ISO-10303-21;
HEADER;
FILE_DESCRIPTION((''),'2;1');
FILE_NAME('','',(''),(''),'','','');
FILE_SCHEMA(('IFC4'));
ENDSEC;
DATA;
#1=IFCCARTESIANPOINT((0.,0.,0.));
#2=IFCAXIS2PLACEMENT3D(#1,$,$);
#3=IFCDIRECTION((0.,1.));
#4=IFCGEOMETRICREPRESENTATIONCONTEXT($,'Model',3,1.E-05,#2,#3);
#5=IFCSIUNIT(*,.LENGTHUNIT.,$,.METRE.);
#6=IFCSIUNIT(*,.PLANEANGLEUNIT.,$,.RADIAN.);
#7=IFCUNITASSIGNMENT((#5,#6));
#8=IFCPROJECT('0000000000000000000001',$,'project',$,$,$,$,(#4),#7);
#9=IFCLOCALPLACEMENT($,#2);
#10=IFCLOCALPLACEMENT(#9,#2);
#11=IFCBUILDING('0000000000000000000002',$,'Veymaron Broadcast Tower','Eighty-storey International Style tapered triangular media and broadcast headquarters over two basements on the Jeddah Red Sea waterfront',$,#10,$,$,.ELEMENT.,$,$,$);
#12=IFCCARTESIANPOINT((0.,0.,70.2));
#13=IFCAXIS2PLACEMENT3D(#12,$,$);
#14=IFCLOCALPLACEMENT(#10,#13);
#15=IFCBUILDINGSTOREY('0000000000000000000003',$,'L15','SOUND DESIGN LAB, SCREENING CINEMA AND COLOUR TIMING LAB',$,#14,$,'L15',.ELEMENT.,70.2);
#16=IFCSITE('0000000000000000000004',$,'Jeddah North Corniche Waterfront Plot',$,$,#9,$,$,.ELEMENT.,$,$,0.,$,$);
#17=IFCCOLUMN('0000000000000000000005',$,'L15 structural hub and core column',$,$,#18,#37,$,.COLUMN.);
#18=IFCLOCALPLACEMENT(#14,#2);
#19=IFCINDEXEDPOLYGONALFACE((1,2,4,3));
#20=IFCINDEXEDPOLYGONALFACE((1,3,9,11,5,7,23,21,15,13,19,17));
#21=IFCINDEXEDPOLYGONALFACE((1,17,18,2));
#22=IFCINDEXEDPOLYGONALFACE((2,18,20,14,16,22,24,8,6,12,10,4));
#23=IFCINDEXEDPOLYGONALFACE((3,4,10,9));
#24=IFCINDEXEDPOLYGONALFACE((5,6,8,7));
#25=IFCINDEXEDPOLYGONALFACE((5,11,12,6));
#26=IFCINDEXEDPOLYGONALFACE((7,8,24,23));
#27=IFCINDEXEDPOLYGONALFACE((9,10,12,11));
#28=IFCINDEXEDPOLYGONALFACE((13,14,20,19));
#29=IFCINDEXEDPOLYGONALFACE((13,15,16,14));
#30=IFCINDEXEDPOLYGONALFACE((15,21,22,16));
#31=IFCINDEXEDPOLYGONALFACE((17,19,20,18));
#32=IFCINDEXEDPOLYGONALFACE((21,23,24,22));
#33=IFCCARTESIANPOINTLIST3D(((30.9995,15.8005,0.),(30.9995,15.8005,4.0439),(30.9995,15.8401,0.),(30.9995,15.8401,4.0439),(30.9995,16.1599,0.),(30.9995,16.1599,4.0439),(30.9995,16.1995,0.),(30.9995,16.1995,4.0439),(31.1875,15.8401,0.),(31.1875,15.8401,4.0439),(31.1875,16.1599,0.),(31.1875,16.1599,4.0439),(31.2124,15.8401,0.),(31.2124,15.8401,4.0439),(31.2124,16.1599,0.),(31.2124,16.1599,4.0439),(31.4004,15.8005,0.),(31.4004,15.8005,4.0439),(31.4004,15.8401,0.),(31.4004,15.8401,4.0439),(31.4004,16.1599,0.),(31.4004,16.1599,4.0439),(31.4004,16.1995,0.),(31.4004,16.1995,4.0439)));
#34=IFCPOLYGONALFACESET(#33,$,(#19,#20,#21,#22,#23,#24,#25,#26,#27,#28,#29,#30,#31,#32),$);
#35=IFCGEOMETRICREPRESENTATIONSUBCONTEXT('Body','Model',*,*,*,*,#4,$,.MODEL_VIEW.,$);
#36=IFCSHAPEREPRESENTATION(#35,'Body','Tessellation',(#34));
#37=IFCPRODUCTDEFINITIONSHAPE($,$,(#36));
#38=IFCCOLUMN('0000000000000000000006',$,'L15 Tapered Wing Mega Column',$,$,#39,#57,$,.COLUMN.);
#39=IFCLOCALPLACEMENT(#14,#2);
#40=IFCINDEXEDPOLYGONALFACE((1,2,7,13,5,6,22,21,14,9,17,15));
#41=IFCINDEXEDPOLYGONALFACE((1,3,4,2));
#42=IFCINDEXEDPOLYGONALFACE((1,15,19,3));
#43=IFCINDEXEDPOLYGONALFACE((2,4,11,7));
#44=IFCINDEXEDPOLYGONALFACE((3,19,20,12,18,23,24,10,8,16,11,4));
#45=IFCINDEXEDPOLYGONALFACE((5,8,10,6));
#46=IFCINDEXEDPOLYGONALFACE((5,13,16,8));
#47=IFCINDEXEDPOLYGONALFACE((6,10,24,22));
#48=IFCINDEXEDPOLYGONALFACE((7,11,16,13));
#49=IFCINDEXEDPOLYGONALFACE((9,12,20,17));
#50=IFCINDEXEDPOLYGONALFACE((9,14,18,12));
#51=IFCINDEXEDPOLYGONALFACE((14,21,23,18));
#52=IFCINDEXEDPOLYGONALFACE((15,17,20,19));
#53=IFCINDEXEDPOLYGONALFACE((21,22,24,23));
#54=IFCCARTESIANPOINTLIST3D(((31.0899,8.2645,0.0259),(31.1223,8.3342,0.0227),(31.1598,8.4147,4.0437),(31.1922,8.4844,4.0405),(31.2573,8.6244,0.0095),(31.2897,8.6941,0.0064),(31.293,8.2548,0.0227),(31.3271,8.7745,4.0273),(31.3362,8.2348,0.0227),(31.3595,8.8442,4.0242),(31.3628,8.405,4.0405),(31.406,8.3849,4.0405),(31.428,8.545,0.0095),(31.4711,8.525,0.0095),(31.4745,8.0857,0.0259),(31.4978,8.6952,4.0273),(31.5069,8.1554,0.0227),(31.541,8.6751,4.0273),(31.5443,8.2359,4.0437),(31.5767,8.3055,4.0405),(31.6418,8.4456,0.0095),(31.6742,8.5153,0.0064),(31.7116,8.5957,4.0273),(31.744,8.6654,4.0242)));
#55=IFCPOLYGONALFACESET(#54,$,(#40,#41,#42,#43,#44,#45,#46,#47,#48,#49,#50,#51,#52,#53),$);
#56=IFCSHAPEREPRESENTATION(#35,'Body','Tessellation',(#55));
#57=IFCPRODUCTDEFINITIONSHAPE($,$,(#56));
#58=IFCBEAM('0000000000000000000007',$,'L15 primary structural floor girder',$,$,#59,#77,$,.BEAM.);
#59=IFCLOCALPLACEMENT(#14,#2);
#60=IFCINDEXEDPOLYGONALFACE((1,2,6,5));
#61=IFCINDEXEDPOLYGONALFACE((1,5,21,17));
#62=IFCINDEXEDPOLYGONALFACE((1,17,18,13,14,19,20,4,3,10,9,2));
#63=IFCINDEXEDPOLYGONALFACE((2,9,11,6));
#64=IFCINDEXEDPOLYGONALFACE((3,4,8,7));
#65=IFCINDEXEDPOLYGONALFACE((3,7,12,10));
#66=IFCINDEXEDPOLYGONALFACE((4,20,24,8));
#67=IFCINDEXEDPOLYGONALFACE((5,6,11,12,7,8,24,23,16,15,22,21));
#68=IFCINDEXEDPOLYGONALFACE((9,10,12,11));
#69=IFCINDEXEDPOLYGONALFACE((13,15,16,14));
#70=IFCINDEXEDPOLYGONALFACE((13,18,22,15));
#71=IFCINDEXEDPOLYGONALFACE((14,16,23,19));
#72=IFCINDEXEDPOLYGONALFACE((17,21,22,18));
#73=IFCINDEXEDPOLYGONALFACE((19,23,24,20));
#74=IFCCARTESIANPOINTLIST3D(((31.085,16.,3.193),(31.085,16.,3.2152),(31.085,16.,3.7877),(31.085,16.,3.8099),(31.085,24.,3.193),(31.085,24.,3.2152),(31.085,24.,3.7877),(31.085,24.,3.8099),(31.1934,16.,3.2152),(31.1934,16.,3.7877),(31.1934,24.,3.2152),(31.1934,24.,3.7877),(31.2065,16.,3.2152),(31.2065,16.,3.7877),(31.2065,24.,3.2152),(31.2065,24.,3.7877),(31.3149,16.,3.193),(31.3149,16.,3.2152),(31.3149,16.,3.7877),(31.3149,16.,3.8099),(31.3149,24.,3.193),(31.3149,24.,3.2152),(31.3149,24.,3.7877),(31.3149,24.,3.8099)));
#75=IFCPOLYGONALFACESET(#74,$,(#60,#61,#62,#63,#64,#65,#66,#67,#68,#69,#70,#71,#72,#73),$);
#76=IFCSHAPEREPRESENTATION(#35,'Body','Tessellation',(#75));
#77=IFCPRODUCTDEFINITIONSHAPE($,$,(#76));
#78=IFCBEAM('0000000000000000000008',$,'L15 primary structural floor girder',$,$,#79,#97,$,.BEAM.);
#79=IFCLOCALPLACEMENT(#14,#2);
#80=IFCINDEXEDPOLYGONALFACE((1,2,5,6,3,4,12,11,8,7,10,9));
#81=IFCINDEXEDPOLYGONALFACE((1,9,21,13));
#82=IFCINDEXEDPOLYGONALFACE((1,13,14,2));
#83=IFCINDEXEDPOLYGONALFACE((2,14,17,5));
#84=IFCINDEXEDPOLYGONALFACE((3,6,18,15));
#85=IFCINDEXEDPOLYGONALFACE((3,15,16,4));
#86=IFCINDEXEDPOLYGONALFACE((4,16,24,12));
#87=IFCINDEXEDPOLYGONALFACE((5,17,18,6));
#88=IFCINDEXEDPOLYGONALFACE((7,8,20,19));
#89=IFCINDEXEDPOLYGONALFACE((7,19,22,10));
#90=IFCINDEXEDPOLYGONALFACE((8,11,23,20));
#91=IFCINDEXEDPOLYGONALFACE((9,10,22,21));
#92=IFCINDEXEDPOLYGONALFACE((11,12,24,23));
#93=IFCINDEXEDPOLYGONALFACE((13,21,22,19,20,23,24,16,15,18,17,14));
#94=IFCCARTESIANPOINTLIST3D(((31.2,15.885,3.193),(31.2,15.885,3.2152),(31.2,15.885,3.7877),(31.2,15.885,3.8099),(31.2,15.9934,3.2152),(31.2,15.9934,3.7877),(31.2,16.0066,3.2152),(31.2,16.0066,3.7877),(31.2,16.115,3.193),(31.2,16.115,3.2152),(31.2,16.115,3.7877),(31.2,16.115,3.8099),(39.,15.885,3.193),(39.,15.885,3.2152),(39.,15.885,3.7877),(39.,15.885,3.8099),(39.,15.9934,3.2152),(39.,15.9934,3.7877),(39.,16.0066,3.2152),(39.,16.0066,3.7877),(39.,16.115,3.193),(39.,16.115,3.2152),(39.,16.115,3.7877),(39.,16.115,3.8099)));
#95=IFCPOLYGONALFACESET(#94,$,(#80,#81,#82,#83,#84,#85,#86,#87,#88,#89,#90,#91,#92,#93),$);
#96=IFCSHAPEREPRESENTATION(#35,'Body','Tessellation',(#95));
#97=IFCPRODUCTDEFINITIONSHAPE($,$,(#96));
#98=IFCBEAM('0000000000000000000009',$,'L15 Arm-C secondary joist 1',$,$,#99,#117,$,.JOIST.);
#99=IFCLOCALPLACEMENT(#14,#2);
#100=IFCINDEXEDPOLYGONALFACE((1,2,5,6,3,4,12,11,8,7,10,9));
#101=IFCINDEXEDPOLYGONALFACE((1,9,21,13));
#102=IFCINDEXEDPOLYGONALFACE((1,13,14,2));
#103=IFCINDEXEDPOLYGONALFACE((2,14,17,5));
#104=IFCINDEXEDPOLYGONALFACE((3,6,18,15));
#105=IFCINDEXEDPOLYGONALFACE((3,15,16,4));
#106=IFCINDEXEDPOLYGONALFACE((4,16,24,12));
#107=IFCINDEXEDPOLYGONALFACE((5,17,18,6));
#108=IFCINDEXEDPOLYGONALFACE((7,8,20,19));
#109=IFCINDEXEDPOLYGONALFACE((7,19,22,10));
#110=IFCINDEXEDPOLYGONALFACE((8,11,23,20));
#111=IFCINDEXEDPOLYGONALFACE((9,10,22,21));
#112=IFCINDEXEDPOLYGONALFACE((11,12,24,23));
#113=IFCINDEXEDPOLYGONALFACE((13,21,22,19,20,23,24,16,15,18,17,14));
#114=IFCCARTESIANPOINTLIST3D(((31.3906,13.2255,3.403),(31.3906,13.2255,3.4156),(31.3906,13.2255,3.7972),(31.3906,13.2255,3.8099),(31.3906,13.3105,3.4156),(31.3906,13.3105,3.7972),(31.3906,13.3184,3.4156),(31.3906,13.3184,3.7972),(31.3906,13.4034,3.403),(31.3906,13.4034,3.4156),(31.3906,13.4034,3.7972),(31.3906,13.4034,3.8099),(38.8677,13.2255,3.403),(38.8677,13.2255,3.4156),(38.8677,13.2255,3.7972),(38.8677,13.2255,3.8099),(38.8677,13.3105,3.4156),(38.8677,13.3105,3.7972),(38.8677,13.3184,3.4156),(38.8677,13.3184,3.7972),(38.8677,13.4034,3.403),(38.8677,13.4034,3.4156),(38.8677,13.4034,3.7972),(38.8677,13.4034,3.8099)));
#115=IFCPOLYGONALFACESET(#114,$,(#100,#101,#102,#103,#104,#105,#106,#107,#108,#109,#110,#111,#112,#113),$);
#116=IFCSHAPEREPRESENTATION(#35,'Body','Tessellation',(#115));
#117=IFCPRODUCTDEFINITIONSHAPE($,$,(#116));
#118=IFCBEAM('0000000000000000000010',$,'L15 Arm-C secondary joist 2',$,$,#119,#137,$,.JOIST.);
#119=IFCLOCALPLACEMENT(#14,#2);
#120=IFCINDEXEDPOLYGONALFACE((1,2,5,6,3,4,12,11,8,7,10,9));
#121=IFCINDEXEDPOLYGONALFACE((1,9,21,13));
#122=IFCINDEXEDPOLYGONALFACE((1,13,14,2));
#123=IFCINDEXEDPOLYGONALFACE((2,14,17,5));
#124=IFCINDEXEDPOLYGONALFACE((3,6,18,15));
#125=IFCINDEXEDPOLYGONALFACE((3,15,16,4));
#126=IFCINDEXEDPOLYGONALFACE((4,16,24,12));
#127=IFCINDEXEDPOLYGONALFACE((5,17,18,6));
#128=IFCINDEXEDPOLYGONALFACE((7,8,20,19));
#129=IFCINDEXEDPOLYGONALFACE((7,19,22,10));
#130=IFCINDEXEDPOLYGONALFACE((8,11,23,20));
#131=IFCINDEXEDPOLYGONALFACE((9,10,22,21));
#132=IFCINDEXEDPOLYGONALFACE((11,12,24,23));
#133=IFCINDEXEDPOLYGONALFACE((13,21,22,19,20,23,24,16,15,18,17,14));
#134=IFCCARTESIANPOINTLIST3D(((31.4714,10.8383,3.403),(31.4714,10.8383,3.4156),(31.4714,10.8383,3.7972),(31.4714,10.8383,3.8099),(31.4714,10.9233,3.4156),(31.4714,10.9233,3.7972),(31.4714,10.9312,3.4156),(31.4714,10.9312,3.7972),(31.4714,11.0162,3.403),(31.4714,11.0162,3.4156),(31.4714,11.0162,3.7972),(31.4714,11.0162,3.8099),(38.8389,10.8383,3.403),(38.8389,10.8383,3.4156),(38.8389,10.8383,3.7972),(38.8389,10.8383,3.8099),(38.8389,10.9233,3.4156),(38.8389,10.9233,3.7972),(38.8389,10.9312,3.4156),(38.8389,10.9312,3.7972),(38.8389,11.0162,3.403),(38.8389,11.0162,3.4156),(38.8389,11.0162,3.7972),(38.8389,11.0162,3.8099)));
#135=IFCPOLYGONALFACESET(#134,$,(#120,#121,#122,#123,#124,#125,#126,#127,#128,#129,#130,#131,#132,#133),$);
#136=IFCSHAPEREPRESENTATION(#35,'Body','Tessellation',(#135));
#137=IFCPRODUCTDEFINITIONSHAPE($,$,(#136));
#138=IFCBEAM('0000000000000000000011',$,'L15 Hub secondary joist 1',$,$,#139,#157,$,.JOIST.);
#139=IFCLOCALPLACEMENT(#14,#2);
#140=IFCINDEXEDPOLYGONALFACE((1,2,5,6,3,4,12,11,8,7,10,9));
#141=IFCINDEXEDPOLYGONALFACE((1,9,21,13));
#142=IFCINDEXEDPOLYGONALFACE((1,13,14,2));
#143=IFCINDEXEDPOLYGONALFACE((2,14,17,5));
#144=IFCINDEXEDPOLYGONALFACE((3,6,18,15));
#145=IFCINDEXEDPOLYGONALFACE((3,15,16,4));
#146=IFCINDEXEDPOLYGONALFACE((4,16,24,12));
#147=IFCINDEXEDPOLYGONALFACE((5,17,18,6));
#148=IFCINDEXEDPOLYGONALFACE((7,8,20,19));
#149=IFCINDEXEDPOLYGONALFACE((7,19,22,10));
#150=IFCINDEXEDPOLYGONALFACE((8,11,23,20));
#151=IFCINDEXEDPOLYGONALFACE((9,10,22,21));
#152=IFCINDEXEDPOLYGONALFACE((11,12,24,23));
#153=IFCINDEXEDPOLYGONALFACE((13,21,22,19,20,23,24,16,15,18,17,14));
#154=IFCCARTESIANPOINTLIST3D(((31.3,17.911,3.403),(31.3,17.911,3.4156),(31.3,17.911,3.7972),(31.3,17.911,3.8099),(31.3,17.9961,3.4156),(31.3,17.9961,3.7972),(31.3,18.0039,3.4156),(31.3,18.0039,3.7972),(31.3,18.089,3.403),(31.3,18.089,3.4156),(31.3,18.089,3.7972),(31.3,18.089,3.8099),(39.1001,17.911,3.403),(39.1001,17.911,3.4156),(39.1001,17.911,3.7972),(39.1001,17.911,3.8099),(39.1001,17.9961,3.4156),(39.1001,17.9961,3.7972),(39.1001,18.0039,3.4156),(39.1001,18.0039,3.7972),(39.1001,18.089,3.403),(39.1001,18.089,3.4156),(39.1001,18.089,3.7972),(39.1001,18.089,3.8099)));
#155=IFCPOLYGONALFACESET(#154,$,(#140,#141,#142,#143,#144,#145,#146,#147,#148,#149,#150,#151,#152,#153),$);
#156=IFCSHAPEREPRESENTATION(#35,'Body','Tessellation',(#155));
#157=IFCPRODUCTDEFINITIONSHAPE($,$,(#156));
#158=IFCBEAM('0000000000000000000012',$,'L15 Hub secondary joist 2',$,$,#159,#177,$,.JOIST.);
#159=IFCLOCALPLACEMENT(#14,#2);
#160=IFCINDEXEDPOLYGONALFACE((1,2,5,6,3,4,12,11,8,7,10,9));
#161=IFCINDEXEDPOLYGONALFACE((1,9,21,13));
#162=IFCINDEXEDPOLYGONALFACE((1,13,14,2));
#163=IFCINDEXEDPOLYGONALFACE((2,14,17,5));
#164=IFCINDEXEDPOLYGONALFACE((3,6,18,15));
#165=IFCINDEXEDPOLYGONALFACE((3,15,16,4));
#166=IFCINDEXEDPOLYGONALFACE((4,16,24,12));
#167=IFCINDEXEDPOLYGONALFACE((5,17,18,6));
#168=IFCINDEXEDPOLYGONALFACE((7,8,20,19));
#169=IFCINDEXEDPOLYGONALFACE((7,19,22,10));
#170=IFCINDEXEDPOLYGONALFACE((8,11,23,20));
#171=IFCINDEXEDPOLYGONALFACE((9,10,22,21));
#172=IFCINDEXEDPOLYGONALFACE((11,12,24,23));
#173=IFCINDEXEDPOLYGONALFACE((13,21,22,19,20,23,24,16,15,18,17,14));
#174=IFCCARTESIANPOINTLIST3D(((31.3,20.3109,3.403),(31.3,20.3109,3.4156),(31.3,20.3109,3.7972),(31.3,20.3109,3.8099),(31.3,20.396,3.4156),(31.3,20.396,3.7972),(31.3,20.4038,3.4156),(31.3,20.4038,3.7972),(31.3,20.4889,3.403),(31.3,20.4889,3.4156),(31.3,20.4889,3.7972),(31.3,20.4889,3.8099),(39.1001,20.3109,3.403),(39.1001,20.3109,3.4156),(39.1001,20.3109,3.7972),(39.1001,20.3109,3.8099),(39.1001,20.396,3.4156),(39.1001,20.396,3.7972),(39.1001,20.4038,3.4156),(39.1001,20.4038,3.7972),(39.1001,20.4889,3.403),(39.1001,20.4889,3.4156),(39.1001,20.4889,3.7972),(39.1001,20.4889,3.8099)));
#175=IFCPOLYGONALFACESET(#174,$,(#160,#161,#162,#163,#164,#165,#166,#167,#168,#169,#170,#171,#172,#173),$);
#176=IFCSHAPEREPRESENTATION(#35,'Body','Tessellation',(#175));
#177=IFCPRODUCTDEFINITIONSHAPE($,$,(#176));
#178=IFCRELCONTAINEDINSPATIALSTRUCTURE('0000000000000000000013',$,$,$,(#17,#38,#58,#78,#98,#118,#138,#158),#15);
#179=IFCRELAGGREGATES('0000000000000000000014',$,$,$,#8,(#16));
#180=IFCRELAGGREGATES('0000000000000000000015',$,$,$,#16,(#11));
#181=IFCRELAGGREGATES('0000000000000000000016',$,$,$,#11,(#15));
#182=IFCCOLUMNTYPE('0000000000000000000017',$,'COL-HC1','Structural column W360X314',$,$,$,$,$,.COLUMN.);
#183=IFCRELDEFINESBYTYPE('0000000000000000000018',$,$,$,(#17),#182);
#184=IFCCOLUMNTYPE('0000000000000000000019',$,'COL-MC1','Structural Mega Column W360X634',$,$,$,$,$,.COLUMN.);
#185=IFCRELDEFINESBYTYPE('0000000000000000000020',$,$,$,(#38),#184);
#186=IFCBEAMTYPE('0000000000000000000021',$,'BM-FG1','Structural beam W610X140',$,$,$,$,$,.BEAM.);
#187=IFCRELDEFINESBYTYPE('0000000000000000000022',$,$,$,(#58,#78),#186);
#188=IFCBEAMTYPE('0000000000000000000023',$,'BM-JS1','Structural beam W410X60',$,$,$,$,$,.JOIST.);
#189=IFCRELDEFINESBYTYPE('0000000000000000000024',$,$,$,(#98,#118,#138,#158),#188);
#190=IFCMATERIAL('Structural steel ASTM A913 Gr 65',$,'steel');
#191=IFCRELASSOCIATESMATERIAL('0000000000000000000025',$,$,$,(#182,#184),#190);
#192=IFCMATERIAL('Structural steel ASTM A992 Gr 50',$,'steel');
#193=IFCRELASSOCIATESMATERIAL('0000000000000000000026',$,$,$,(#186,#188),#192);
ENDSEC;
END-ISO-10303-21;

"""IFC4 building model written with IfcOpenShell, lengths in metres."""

from ifc_helpers import new_model, si_unit, direction, frame, origin, origin_2d, place, context, subcontext, project, spatial, i_section, extrude, material, material_profile, profile_set, type_object, element, save


model = new_model("IFC4")

# Units and contexts
model_context = context("Model", 3, precision=1e-05, world=origin(), true_north=direction((0.0, 1.0)))
body_context = subcontext(model_context, "Body", "Model", "MODEL_VIEW")
ifc_project = project(units=[si_unit("LENGTHUNIT", "METRE"), si_unit("PLANEANGLEUNIT", "RADIAN")], contexts=[model_context])

# Site, building, storey
site_placement = place(None, origin())
site = spatial("IfcSite", under=ifc_project, at=site_placement, Name="Jeddah North Corniche Waterfront Plot", CompositionType="ELEMENT", RefElevation=0.0)
building_placement = place(site_placement, origin())
building = spatial("IfcBuilding", under=site, at=building_placement, Name="Veymaron Broadcast Tower", Description="Eighty-storey International Style tapered triangular media and broadcast headquarters over two basements on the Jeddah Red Sea waterfront", CompositionType="ELEMENT")
storey_placement = place(building_placement, frame((0.0, 0.0, 70.2)))
storey = spatial("IfcBuildingStorey", under=building, at=storey_placement, Name="L15", Description="SOUND DESIGN LAB, SCREENING CINEMA AND COLOUR TIMING LAB", LongName="L15", CompositionType="ELEMENT", Elevation=70.2)

# Columns
ifc_material_1 = material(Name="Structural steel ASTM A913 Gr 65", Category="steel")
ifc_material_profile_1 = material_profile(ifc_material_1, i_section(OverallWidth=0.4009, OverallDepth=0.3989, WebThickness=0.0249, FlangeThickness=0.0396, at=origin_2d()), Name="W360X314")
ifc_profile_set_1 = profile_set([ifc_material_profile_1], Name="Structural steel ASTM A913 Gr 65")
column_type_1 = type_object("IfcColumnType", Name="COL-HC1", Description="Structural column W360X314", PredefinedType="COLUMN", material=ifc_profile_set_1)
column_1_placement = place(storey_placement, frame((31.2, 16.0, 0.0), z_axis=(0.0, 0.0, 1.0), x_axis=(1.0, 0.0, 0.0)))
element("IfcColumn", 1, at=column_1_placement, inside=storey, type_object=column_type_1, Name="L15 structural hub and core column", PredefinedType="COLUMN", context=body_context, shape_type="SweptSolid", body=[
    extrude(i_section(OverallWidth=0.4009, OverallDepth=0.3989, WebThickness=0.0249, FlangeThickness=0.0396, at=origin_2d()), origin(), (0.0, 0.0, 1.0), 4.0439),
])
ifc_material_profile_2 = material_profile(ifc_material_1, i_section(OverallWidth=0.4241, OverallDepth=0.4741, WebThickness=0.0476, FlangeThickness=0.0769, at=origin_2d()), Name="W360X634")
ifc_profile_set_2 = profile_set([ifc_material_profile_2], Name="Structural steel ASTM A913 Gr 65")
column_type_2 = type_object("IfcColumnType", Name="COL-MC1", Description="Structural Mega Column W360X634", PredefinedType="COLUMN", material=ifc_profile_set_2)
column_2_placement = place(storey_placement, frame((31.3821, 8.3899, 0.0161), z_axis=(0.017364, 0.037338, 0.999152), x_axis=(-0.906747, 0.421674, 0.0)))
element("IfcColumn", 2, at=column_2_placement, inside=storey, type_object=column_type_2, Name="L15 Tapered Wing Mega Column", PredefinedType="COLUMN", context=body_context, shape_type="SweptSolid", body=[
    extrude(i_section(OverallWidth=0.4241, OverallDepth=0.4741, WebThickness=0.0476, FlangeThickness=0.0769, at=origin_2d()), origin(), (0.0, 0.0, 1.0), 4.0212),
])

# Beams
ifc_material_2 = material(Name="Structural steel ASTM A992 Gr 50", Category="steel")
ifc_material_profile_3 = material_profile(ifc_material_2, i_section(OverallWidth=0.23, OverallDepth=0.6169, WebThickness=0.0132, FlangeThickness=0.0222, at=origin_2d()), Name="W610X140")
ifc_profile_set_3 = profile_set([ifc_material_profile_3], Name="Structural steel ASTM A992 Gr 50")
beam_type_1 = type_object("IfcBeamType", Name="BM-FG1", Description="Structural beam W610X140", PredefinedType="BEAM", material=ifc_profile_set_3)
beam_1_placement = place(storey_placement, frame((31.2, 16.0, 3.5015), z_axis=(0.0, 1.0, 0.0), x_axis=(-1.0, 0.0, 0.0)))
element("IfcBeam", 3, at=beam_1_placement, inside=storey, type_object=beam_type_1, Name="L15 primary structural floor girder", PredefinedType="BEAM", context=body_context, shape_type="SweptSolid", body=[
    extrude(i_section(OverallWidth=0.23, OverallDepth=0.6169, WebThickness=0.0132, FlangeThickness=0.0222, at=origin_2d()), origin(), (0.0, 0.0, 1.0), 8.0),
])
beam_2_placement = place(storey_placement, frame((31.2, 16.0, 3.5015), z_axis=(1.0, 0.0, 0.0), x_axis=(0.0, 1.0, 0.0)))
element("IfcBeam", 4, at=beam_2_placement, inside=storey, type_object=beam_type_1, Name="L15 primary structural floor girder", PredefinedType="BEAM", context=body_context, shape_type="SweptSolid", body=[
    extrude(i_section(OverallWidth=0.23, OverallDepth=0.6169, WebThickness=0.0132, FlangeThickness=0.0222, at=origin_2d()), origin(), (0.0, 0.0, 1.0), 7.8),
])
ifc_material_profile_4 = material_profile(ifc_material_2, i_section(OverallWidth=0.178, OverallDepth=0.407, WebThickness=0.0078, FlangeThickness=0.0127, at=origin_2d()), Name="W410X60")
ifc_profile_set_4 = profile_set([ifc_material_profile_4], Name="Structural steel ASTM A992 Gr 50")
beam_type_2 = type_object("IfcBeamType", Name="BM-JS1", Description="Structural beam W410X60", PredefinedType="JOIST", material=ifc_profile_set_4)
beam_3_placement = place(storey_placement, frame((31.3906, 13.3145, 3.6064), z_axis=(1.0, 0.0, 0.0), x_axis=(0.0, 1.0, 0.0)))
element("IfcBeam", 5, at=beam_3_placement, inside=storey, type_object=beam_type_2, Name="L15 Arm-C secondary joist 1", PredefinedType="JOIST", context=body_context, shape_type="SweptSolid", body=[
    extrude(i_section(OverallWidth=0.178, OverallDepth=0.407, WebThickness=0.0078, FlangeThickness=0.0127, at=origin_2d()), origin(), (0.0, 0.0, 1.0), 7.4771),
])
beam_4_placement = place(storey_placement, frame((31.4714, 10.9272, 3.6064), z_axis=(1.0, 0.0, 0.0), x_axis=(0.0, 1.0, 0.0)))
element("IfcBeam", 6, at=beam_4_placement, inside=storey, type_object=beam_type_2, Name="L15 Arm-C secondary joist 2", PredefinedType="JOIST", context=body_context, shape_type="SweptSolid", body=[
    extrude(i_section(OverallWidth=0.178, OverallDepth=0.407, WebThickness=0.0078, FlangeThickness=0.0127, at=origin_2d()), origin(), (0.0, 0.0, 1.0), 7.3674),
])
for number, where, z_axis, x_axis, name in (
    (7, (31.3, 18.0, 3.6064), (1.0, 0.0, 0.0), (0.0, 1.0, 0.0), "L15 Hub secondary joist 1"),
    (8, (31.3, 20.3999, 3.6064), (1.0, 0.0, 0.0), (0.0, 1.0, 0.0), "L15 Hub secondary joist 2"),
):
    element("IfcBeam", number, at=place(storey_placement, frame(where, z_axis=z_axis, x_axis=x_axis)), inside=storey, type_object=beam_type_2, Name=name, PredefinedType="JOIST", context=body_context, shape_type="SweptSolid", body=[
        extrude(i_section(OverallWidth=0.178, OverallDepth=0.407, WebThickness=0.0078, FlangeThickness=0.0127, at=origin_2d()), origin(), (0.0, 0.0, 1.0), 7.8),
    ])

save(model, "model.ifc")
